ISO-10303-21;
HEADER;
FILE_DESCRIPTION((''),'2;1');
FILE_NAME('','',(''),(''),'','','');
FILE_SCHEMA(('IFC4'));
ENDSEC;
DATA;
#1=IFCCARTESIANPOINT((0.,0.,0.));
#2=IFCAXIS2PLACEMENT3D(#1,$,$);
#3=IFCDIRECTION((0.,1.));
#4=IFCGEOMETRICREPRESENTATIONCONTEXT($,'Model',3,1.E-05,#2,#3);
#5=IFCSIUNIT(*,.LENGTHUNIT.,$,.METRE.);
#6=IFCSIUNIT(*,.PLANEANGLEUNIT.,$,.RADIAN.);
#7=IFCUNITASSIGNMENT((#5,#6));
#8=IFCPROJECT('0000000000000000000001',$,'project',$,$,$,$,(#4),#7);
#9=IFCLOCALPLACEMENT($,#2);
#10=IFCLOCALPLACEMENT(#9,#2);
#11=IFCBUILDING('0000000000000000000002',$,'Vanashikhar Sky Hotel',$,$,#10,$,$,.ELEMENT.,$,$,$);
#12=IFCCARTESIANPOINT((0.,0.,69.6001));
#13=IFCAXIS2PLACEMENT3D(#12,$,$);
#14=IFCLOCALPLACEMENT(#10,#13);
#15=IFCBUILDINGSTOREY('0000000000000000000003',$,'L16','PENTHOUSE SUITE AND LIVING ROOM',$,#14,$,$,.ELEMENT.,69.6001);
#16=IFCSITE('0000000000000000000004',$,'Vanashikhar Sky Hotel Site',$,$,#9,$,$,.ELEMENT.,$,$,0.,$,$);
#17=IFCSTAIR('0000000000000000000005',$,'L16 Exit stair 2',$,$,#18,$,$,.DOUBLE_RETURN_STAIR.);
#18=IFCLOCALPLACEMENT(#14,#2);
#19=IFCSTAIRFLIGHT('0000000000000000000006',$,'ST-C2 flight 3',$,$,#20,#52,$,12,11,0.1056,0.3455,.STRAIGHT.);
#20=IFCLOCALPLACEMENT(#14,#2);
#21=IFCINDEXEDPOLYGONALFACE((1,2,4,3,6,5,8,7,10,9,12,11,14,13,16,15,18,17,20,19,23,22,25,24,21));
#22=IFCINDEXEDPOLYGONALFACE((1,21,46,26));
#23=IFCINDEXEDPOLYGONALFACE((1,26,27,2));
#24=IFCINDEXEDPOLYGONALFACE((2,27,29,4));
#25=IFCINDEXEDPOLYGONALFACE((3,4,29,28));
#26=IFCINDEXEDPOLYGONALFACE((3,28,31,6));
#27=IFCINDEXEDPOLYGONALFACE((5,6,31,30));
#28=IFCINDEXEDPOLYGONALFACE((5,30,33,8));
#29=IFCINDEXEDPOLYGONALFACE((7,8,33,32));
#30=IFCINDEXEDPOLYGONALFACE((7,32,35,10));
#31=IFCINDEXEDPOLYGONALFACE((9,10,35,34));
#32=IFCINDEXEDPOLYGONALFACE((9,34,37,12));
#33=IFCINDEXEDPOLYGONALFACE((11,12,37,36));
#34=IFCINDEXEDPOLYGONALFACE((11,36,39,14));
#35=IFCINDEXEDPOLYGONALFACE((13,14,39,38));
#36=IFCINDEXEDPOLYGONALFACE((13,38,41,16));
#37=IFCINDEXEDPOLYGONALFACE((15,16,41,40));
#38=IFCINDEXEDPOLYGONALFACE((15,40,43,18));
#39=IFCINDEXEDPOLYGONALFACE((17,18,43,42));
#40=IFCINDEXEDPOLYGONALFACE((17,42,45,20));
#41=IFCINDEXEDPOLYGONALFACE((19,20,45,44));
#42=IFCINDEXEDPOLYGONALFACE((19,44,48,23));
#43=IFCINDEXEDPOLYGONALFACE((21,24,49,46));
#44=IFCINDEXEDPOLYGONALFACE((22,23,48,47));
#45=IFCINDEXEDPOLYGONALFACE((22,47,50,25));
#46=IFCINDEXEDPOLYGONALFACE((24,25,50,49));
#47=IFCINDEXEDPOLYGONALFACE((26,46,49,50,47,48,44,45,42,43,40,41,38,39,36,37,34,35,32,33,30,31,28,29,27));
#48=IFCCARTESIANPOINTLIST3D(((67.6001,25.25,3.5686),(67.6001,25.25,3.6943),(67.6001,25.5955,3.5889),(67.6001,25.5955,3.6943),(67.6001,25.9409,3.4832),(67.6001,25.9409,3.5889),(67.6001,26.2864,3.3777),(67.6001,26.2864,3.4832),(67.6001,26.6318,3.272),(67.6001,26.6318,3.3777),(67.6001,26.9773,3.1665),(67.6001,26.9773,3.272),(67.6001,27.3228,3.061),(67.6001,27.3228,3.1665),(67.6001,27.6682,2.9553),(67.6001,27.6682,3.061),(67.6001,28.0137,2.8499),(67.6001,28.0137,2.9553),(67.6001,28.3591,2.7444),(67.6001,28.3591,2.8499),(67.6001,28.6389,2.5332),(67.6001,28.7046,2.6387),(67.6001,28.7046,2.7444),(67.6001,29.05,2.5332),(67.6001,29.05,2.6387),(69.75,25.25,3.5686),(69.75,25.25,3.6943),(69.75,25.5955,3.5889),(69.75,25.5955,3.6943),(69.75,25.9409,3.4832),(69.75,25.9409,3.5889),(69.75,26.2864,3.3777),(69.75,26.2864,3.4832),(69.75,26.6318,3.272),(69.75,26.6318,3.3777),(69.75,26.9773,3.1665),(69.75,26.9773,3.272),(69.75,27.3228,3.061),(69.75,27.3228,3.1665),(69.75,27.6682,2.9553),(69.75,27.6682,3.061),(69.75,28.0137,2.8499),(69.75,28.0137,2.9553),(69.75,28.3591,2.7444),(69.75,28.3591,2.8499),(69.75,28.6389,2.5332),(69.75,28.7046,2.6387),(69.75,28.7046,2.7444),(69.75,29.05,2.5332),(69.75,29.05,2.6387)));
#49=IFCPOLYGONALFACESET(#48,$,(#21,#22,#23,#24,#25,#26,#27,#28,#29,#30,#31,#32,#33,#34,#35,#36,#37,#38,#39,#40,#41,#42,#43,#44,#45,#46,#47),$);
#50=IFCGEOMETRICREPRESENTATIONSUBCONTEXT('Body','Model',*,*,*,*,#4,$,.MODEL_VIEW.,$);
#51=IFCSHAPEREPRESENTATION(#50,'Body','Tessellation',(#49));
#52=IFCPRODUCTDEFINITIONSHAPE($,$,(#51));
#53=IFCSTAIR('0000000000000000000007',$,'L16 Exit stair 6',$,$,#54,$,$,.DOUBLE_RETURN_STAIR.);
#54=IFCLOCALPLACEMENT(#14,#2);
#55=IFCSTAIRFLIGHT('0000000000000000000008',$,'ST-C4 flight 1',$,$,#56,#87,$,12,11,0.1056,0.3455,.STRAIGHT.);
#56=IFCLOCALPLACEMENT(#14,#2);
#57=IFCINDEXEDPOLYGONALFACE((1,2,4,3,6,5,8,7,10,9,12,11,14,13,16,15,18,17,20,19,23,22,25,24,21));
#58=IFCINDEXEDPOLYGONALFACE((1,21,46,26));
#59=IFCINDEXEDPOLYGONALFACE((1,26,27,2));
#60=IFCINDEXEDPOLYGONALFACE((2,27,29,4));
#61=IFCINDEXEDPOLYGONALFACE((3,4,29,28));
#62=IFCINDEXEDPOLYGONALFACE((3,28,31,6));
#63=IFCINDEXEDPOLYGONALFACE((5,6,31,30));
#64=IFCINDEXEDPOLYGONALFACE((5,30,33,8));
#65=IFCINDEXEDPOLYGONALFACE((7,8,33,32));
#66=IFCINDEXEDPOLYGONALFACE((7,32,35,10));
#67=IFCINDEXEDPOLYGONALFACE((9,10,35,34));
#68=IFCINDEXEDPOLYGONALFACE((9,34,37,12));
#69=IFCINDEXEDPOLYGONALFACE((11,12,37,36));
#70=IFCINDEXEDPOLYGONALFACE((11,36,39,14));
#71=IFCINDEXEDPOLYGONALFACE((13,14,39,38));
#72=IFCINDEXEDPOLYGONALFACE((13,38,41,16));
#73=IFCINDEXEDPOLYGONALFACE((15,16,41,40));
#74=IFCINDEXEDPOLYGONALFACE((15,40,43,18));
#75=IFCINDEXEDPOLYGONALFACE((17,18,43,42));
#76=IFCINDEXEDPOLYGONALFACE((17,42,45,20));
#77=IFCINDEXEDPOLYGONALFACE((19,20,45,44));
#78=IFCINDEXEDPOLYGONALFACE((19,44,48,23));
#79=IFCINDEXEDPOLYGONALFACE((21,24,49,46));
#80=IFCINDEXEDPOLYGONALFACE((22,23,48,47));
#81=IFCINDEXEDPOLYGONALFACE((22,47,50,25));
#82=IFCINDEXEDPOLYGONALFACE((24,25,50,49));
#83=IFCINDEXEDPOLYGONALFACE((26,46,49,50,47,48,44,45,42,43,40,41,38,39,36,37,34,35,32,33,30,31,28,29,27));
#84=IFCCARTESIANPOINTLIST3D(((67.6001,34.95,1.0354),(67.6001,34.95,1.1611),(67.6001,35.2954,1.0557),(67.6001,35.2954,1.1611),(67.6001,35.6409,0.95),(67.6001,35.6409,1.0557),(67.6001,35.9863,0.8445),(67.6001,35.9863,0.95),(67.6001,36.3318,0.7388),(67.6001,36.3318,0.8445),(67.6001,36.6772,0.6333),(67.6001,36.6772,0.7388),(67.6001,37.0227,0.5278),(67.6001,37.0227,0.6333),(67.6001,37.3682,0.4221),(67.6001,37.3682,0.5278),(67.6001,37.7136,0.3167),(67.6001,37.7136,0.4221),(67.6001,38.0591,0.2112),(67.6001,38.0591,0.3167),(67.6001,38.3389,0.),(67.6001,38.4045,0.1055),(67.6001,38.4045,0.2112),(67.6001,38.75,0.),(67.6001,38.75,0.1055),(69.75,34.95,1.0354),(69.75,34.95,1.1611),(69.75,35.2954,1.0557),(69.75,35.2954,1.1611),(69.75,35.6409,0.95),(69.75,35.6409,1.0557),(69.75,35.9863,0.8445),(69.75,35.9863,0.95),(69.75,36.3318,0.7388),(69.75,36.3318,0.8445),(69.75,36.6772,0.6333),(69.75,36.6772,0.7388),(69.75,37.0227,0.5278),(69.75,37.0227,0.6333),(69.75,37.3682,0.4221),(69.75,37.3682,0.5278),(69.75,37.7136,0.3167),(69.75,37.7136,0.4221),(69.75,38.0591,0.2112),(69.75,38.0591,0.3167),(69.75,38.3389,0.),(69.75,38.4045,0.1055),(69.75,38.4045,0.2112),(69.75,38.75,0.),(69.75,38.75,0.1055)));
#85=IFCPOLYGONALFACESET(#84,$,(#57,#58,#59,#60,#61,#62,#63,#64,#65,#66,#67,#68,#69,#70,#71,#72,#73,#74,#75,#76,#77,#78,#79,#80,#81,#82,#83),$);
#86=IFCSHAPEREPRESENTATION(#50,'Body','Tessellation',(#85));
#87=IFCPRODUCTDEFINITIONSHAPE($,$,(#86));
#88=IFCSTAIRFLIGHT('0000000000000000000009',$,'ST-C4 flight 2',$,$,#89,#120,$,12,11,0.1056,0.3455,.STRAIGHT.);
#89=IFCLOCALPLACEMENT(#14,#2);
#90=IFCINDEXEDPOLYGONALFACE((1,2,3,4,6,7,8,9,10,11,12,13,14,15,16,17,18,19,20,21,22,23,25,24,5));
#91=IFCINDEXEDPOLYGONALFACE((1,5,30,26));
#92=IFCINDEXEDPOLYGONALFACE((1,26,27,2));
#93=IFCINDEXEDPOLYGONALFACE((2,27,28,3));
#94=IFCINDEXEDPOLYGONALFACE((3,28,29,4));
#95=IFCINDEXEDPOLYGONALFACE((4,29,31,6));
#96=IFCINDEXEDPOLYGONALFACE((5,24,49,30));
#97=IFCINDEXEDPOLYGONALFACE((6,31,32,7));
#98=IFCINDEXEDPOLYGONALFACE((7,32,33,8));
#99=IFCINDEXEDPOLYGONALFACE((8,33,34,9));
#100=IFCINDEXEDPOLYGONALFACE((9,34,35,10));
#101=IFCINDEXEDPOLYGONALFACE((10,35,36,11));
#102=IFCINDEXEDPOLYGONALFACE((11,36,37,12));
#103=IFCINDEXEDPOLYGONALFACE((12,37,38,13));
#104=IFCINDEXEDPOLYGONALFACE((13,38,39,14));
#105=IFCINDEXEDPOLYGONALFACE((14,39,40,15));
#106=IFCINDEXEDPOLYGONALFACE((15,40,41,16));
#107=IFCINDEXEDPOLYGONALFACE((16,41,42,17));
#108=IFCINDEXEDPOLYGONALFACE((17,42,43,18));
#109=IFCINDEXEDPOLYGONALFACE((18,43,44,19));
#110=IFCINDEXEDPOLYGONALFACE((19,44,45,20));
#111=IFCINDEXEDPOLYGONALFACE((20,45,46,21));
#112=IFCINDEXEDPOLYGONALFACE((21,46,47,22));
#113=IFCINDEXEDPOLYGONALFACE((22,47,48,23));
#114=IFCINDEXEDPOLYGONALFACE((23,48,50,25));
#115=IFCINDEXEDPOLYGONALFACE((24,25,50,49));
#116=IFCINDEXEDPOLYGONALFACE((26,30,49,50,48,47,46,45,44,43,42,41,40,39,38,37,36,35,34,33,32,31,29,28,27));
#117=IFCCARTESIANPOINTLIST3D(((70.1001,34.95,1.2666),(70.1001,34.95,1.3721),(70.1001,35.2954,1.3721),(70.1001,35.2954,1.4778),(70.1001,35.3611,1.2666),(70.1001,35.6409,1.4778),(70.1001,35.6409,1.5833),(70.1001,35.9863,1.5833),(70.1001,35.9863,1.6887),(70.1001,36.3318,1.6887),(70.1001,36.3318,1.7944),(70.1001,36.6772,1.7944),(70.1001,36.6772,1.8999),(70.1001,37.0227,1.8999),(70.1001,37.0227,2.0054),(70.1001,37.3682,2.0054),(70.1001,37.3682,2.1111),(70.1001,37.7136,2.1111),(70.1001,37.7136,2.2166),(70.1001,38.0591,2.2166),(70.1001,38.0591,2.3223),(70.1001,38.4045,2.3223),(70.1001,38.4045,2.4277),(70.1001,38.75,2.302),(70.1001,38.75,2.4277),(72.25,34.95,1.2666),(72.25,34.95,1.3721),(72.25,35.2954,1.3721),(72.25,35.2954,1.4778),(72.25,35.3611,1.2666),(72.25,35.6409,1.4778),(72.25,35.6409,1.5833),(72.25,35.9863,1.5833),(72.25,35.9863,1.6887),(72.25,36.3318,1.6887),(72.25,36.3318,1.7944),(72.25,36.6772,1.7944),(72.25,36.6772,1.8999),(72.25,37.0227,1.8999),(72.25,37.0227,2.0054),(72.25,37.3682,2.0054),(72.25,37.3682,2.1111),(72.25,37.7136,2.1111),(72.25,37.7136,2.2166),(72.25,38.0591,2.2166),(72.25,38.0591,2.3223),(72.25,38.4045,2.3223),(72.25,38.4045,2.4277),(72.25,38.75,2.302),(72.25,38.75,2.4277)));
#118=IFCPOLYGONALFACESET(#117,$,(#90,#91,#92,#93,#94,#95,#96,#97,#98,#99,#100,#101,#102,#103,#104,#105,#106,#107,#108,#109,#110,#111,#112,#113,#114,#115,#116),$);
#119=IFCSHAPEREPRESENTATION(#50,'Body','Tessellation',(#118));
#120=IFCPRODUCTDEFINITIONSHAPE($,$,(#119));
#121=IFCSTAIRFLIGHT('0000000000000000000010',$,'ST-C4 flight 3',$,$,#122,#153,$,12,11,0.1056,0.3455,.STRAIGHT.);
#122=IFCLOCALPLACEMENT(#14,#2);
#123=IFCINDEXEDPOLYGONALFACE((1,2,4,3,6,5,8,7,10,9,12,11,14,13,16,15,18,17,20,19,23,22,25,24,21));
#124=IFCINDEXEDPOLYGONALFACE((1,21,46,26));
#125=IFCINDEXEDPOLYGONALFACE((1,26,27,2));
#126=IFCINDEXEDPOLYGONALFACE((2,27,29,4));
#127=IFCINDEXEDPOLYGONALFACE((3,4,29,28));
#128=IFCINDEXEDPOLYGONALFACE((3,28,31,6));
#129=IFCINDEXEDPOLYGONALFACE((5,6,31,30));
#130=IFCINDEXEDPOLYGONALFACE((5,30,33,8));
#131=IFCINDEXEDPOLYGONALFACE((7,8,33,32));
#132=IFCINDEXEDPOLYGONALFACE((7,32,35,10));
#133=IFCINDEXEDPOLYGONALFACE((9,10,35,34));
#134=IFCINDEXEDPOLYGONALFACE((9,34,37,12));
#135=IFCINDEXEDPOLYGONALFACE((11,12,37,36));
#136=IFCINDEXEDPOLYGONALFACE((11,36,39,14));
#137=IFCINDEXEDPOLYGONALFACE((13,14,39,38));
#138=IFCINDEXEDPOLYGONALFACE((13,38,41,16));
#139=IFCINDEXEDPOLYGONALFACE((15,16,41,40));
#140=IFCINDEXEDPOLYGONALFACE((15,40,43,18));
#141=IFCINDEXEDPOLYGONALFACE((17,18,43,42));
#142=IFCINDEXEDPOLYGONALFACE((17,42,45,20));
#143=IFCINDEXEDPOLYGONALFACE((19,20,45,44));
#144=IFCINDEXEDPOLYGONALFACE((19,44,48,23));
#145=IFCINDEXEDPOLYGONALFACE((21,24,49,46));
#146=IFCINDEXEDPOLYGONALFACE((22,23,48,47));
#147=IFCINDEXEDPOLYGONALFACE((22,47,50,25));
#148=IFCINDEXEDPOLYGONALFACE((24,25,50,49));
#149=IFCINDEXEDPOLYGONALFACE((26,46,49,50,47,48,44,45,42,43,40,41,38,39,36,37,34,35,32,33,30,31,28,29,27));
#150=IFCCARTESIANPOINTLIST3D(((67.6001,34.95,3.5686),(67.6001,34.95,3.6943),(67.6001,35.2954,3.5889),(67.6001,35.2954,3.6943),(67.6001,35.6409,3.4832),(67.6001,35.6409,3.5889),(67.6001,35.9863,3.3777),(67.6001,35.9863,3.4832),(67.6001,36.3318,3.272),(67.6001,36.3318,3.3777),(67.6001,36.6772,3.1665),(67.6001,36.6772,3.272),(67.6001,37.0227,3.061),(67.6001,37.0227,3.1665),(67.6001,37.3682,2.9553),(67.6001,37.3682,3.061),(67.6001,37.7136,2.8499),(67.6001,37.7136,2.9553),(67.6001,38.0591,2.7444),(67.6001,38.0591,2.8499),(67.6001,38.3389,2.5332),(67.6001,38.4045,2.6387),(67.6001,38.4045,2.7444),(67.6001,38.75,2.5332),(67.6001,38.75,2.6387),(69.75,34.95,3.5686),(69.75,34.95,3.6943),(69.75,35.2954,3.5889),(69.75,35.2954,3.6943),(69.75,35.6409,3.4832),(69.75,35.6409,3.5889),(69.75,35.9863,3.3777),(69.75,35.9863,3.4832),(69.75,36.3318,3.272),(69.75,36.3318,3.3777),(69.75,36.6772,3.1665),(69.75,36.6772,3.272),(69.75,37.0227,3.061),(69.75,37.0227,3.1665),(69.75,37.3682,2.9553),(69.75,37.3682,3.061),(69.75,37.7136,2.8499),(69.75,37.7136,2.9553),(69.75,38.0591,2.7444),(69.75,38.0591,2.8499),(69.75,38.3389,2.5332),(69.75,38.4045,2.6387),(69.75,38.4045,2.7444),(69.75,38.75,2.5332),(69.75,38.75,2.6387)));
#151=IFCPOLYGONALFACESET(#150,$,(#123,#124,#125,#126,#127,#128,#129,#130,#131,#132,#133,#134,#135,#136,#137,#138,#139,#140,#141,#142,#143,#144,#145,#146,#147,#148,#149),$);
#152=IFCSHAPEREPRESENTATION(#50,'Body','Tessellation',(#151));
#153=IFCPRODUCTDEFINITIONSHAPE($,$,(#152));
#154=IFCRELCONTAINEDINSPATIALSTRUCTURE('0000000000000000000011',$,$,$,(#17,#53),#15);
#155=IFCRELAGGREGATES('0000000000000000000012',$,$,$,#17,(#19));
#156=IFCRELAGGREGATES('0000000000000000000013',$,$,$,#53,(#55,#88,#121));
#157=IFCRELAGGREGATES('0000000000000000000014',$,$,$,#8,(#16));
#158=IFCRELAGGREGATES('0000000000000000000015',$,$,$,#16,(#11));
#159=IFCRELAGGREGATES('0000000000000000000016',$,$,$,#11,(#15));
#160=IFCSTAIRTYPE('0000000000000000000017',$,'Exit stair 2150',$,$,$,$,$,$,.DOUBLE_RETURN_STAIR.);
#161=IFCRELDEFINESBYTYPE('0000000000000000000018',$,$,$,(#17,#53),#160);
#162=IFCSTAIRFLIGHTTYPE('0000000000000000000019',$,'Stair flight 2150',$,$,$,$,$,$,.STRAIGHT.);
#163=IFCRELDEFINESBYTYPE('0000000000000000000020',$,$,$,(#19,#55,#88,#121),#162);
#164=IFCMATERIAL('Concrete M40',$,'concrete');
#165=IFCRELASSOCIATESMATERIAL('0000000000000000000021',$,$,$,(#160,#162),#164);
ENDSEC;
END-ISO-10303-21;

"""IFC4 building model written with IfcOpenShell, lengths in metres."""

from ifc_helpers import new_model, si_unit, direction, frame, origin, place, context, subcontext, project, spatial, polyline, outline, extrude, source, transform, mapped, material, type_object, element, aggregate, save


model = new_model("IFC4")

# Units and contexts
model_context = context("Model", 3, precision=1e-05, world=origin(), true_north=direction((0.0, 1.0)))
body_context = subcontext(model_context, "Body", "Model", "MODEL_VIEW")
ifc_project = project(units=[si_unit("LENGTHUNIT", "METRE"), si_unit("PLANEANGLEUNIT", "RADIAN")], contexts=[model_context])

# Site, building, storey
site_placement = place(None, origin())
site = spatial("IfcSite", under=ifc_project, at=site_placement, Name="Vanashikhar Sky Hotel Site", CompositionType="ELEMENT", RefElevation=0.0)
building_placement = place(site_placement, origin())
building = spatial("IfcBuilding", under=site, at=building_placement, Name="Vanashikhar Sky Hotel", CompositionType="ELEMENT")
storey_placement = place(building_placement, frame((0.0, 0.0, 69.6001)))
storey = spatial("IfcBuildingStorey", under=building, at=storey_placement, Name="L16", Description="PENTHOUSE SUITE AND LIVING ROOM", CompositionType="ELEMENT", Elevation=69.6001)

# Shared definitions
ifc_material_1 = material(Name="Concrete M40", Category="concrete")

# Stairs, stair flights
stair_type = type_object("IfcStairType", Name="Exit stair 2150", PredefinedType="DOUBLE_RETURN_STAIR", material=ifc_material_1)
stair_1_placement = place(storey_placement, origin())
stair_1 = element("IfcStair", 1, at=stair_1_placement, inside=storey, type_object=stair_type, Name="L16 Exit stair 2", PredefinedType="DOUBLE_RETURN_STAIR")
stair_flight_type = type_object("IfcStairFlightType", Name="Stair flight 2150", PredefinedType="STRAIGHT", material=ifc_material_1)
shared_shape_1 = source(origin(), body_context, "Body", "SweptSolid", [
    extrude(outline(polyline([(0.0, 0.0), (0.0, 0.1055), (0.3455, 0.1055), (0.3455, 0.2112), (0.6909, 0.2112), (0.6909, 0.3167), (1.0364, 0.3167), (1.0364, 0.4221), (1.3818, 0.4221), (1.3818, 0.5278), (1.7273, 0.5278), (1.7273, 0.6333), (2.0728, 0.6333), (2.0728, 0.7388), (2.4182, 0.7388), (2.4182, 0.8445), (2.7637, 0.8445), (2.7637, 0.95), (3.1091, 0.95), (3.1091, 1.0557), (3.4546, 1.0557), (3.4546, 1.1611), (3.8, 1.1611), (3.8, 1.2666), (3.8, 1.0354), (0.4111, 0.0), (0.0, 0.0)])), frame((0.0, 1.075, 0.0), z_axis=(0.0, -1.0, 0.0), x_axis=(1.0, 0.0, 0.0)), (0.0, 0.0, 1.0), 2.1499),
])
stair_flight_1_placement = place(storey_placement, frame((68.675, 29.05, 2.5332), z_axis=(0.0, 0.0, 1.0), x_axis=(0.0, -1.0, 0.0)))
stair_flight_1 = element("IfcStairFlight", 2, at=stair_flight_1_placement, type_object=stair_flight_type, Name="ST-C2 flight 3", NumberOfRisers=12, NumberOfTreads=11, PredefinedType="STRAIGHT", RiserHeight=0.1056, TreadLength=0.3455, context=body_context, shape_type="MappedRepresentation", body=[
    mapped(shared_shape_1, transform((0.0, 0.0, 0.0), scale=1.0)),
])
aggregate(stair_1, [stair_flight_1])
stair_2_placement = place(storey_placement, origin())
stair_2 = element("IfcStair", 3, at=stair_2_placement, inside=storey, type_object=stair_type, Name="L16 Exit stair 6", PredefinedType="DOUBLE_RETURN_STAIR")
stair_flight_2_placement = place(storey_placement, frame((68.675, 38.75, 0.0), z_axis=(0.0, 0.0, 1.0), x_axis=(0.0, -1.0, 0.0)))
stair_flight_2 = element("IfcStairFlight", 4, at=stair_flight_2_placement, type_object=stair_flight_type, Name="ST-C4 flight 1", NumberOfRisers=12, NumberOfTreads=11, PredefinedType="STRAIGHT", RiserHeight=0.1056, TreadLength=0.3455, context=body_context, shape_type="MappedRepresentation", body=[
    mapped(shared_shape_1, transform((0.0, 0.0, 0.0), scale=1.0)),
])
stair_flight_3_placement = place(storey_placement, frame((71.175, 34.95, 1.2666), z_axis=(0.0, 0.0, 1.0), x_axis=(0.0, 1.0, 0.0)))
stair_flight_3 = element("IfcStairFlight", 5, at=stair_flight_3_placement, type_object=stair_flight_type, Name="ST-C4 flight 2", NumberOfRisers=12, NumberOfTreads=11, PredefinedType="STRAIGHT", RiserHeight=0.1056, TreadLength=0.3455, context=body_context, shape_type="MappedRepresentation", body=[
    mapped(shared_shape_1, transform((0.0, 0.0, 0.0), scale=1.0)),
])
stair_flight_4_placement = place(storey_placement, frame((68.675, 38.75, 2.5332), z_axis=(0.0, 0.0, 1.0), x_axis=(0.0, -1.0, 0.0)))
stair_flight_4 = element("IfcStairFlight", 6, at=stair_flight_4_placement, type_object=stair_flight_type, Name="ST-C4 flight 3", NumberOfRisers=12, NumberOfTreads=11, PredefinedType="STRAIGHT", RiserHeight=0.1056, TreadLength=0.3455, context=body_context, shape_type="MappedRepresentation", body=[
    mapped(shared_shape_1, transform((0.0, 0.0, 0.0), scale=1.0)),
])
aggregate(stair_2, [stair_flight_2, stair_flight_3, stair_flight_4])

save(model, "model.ifc")
